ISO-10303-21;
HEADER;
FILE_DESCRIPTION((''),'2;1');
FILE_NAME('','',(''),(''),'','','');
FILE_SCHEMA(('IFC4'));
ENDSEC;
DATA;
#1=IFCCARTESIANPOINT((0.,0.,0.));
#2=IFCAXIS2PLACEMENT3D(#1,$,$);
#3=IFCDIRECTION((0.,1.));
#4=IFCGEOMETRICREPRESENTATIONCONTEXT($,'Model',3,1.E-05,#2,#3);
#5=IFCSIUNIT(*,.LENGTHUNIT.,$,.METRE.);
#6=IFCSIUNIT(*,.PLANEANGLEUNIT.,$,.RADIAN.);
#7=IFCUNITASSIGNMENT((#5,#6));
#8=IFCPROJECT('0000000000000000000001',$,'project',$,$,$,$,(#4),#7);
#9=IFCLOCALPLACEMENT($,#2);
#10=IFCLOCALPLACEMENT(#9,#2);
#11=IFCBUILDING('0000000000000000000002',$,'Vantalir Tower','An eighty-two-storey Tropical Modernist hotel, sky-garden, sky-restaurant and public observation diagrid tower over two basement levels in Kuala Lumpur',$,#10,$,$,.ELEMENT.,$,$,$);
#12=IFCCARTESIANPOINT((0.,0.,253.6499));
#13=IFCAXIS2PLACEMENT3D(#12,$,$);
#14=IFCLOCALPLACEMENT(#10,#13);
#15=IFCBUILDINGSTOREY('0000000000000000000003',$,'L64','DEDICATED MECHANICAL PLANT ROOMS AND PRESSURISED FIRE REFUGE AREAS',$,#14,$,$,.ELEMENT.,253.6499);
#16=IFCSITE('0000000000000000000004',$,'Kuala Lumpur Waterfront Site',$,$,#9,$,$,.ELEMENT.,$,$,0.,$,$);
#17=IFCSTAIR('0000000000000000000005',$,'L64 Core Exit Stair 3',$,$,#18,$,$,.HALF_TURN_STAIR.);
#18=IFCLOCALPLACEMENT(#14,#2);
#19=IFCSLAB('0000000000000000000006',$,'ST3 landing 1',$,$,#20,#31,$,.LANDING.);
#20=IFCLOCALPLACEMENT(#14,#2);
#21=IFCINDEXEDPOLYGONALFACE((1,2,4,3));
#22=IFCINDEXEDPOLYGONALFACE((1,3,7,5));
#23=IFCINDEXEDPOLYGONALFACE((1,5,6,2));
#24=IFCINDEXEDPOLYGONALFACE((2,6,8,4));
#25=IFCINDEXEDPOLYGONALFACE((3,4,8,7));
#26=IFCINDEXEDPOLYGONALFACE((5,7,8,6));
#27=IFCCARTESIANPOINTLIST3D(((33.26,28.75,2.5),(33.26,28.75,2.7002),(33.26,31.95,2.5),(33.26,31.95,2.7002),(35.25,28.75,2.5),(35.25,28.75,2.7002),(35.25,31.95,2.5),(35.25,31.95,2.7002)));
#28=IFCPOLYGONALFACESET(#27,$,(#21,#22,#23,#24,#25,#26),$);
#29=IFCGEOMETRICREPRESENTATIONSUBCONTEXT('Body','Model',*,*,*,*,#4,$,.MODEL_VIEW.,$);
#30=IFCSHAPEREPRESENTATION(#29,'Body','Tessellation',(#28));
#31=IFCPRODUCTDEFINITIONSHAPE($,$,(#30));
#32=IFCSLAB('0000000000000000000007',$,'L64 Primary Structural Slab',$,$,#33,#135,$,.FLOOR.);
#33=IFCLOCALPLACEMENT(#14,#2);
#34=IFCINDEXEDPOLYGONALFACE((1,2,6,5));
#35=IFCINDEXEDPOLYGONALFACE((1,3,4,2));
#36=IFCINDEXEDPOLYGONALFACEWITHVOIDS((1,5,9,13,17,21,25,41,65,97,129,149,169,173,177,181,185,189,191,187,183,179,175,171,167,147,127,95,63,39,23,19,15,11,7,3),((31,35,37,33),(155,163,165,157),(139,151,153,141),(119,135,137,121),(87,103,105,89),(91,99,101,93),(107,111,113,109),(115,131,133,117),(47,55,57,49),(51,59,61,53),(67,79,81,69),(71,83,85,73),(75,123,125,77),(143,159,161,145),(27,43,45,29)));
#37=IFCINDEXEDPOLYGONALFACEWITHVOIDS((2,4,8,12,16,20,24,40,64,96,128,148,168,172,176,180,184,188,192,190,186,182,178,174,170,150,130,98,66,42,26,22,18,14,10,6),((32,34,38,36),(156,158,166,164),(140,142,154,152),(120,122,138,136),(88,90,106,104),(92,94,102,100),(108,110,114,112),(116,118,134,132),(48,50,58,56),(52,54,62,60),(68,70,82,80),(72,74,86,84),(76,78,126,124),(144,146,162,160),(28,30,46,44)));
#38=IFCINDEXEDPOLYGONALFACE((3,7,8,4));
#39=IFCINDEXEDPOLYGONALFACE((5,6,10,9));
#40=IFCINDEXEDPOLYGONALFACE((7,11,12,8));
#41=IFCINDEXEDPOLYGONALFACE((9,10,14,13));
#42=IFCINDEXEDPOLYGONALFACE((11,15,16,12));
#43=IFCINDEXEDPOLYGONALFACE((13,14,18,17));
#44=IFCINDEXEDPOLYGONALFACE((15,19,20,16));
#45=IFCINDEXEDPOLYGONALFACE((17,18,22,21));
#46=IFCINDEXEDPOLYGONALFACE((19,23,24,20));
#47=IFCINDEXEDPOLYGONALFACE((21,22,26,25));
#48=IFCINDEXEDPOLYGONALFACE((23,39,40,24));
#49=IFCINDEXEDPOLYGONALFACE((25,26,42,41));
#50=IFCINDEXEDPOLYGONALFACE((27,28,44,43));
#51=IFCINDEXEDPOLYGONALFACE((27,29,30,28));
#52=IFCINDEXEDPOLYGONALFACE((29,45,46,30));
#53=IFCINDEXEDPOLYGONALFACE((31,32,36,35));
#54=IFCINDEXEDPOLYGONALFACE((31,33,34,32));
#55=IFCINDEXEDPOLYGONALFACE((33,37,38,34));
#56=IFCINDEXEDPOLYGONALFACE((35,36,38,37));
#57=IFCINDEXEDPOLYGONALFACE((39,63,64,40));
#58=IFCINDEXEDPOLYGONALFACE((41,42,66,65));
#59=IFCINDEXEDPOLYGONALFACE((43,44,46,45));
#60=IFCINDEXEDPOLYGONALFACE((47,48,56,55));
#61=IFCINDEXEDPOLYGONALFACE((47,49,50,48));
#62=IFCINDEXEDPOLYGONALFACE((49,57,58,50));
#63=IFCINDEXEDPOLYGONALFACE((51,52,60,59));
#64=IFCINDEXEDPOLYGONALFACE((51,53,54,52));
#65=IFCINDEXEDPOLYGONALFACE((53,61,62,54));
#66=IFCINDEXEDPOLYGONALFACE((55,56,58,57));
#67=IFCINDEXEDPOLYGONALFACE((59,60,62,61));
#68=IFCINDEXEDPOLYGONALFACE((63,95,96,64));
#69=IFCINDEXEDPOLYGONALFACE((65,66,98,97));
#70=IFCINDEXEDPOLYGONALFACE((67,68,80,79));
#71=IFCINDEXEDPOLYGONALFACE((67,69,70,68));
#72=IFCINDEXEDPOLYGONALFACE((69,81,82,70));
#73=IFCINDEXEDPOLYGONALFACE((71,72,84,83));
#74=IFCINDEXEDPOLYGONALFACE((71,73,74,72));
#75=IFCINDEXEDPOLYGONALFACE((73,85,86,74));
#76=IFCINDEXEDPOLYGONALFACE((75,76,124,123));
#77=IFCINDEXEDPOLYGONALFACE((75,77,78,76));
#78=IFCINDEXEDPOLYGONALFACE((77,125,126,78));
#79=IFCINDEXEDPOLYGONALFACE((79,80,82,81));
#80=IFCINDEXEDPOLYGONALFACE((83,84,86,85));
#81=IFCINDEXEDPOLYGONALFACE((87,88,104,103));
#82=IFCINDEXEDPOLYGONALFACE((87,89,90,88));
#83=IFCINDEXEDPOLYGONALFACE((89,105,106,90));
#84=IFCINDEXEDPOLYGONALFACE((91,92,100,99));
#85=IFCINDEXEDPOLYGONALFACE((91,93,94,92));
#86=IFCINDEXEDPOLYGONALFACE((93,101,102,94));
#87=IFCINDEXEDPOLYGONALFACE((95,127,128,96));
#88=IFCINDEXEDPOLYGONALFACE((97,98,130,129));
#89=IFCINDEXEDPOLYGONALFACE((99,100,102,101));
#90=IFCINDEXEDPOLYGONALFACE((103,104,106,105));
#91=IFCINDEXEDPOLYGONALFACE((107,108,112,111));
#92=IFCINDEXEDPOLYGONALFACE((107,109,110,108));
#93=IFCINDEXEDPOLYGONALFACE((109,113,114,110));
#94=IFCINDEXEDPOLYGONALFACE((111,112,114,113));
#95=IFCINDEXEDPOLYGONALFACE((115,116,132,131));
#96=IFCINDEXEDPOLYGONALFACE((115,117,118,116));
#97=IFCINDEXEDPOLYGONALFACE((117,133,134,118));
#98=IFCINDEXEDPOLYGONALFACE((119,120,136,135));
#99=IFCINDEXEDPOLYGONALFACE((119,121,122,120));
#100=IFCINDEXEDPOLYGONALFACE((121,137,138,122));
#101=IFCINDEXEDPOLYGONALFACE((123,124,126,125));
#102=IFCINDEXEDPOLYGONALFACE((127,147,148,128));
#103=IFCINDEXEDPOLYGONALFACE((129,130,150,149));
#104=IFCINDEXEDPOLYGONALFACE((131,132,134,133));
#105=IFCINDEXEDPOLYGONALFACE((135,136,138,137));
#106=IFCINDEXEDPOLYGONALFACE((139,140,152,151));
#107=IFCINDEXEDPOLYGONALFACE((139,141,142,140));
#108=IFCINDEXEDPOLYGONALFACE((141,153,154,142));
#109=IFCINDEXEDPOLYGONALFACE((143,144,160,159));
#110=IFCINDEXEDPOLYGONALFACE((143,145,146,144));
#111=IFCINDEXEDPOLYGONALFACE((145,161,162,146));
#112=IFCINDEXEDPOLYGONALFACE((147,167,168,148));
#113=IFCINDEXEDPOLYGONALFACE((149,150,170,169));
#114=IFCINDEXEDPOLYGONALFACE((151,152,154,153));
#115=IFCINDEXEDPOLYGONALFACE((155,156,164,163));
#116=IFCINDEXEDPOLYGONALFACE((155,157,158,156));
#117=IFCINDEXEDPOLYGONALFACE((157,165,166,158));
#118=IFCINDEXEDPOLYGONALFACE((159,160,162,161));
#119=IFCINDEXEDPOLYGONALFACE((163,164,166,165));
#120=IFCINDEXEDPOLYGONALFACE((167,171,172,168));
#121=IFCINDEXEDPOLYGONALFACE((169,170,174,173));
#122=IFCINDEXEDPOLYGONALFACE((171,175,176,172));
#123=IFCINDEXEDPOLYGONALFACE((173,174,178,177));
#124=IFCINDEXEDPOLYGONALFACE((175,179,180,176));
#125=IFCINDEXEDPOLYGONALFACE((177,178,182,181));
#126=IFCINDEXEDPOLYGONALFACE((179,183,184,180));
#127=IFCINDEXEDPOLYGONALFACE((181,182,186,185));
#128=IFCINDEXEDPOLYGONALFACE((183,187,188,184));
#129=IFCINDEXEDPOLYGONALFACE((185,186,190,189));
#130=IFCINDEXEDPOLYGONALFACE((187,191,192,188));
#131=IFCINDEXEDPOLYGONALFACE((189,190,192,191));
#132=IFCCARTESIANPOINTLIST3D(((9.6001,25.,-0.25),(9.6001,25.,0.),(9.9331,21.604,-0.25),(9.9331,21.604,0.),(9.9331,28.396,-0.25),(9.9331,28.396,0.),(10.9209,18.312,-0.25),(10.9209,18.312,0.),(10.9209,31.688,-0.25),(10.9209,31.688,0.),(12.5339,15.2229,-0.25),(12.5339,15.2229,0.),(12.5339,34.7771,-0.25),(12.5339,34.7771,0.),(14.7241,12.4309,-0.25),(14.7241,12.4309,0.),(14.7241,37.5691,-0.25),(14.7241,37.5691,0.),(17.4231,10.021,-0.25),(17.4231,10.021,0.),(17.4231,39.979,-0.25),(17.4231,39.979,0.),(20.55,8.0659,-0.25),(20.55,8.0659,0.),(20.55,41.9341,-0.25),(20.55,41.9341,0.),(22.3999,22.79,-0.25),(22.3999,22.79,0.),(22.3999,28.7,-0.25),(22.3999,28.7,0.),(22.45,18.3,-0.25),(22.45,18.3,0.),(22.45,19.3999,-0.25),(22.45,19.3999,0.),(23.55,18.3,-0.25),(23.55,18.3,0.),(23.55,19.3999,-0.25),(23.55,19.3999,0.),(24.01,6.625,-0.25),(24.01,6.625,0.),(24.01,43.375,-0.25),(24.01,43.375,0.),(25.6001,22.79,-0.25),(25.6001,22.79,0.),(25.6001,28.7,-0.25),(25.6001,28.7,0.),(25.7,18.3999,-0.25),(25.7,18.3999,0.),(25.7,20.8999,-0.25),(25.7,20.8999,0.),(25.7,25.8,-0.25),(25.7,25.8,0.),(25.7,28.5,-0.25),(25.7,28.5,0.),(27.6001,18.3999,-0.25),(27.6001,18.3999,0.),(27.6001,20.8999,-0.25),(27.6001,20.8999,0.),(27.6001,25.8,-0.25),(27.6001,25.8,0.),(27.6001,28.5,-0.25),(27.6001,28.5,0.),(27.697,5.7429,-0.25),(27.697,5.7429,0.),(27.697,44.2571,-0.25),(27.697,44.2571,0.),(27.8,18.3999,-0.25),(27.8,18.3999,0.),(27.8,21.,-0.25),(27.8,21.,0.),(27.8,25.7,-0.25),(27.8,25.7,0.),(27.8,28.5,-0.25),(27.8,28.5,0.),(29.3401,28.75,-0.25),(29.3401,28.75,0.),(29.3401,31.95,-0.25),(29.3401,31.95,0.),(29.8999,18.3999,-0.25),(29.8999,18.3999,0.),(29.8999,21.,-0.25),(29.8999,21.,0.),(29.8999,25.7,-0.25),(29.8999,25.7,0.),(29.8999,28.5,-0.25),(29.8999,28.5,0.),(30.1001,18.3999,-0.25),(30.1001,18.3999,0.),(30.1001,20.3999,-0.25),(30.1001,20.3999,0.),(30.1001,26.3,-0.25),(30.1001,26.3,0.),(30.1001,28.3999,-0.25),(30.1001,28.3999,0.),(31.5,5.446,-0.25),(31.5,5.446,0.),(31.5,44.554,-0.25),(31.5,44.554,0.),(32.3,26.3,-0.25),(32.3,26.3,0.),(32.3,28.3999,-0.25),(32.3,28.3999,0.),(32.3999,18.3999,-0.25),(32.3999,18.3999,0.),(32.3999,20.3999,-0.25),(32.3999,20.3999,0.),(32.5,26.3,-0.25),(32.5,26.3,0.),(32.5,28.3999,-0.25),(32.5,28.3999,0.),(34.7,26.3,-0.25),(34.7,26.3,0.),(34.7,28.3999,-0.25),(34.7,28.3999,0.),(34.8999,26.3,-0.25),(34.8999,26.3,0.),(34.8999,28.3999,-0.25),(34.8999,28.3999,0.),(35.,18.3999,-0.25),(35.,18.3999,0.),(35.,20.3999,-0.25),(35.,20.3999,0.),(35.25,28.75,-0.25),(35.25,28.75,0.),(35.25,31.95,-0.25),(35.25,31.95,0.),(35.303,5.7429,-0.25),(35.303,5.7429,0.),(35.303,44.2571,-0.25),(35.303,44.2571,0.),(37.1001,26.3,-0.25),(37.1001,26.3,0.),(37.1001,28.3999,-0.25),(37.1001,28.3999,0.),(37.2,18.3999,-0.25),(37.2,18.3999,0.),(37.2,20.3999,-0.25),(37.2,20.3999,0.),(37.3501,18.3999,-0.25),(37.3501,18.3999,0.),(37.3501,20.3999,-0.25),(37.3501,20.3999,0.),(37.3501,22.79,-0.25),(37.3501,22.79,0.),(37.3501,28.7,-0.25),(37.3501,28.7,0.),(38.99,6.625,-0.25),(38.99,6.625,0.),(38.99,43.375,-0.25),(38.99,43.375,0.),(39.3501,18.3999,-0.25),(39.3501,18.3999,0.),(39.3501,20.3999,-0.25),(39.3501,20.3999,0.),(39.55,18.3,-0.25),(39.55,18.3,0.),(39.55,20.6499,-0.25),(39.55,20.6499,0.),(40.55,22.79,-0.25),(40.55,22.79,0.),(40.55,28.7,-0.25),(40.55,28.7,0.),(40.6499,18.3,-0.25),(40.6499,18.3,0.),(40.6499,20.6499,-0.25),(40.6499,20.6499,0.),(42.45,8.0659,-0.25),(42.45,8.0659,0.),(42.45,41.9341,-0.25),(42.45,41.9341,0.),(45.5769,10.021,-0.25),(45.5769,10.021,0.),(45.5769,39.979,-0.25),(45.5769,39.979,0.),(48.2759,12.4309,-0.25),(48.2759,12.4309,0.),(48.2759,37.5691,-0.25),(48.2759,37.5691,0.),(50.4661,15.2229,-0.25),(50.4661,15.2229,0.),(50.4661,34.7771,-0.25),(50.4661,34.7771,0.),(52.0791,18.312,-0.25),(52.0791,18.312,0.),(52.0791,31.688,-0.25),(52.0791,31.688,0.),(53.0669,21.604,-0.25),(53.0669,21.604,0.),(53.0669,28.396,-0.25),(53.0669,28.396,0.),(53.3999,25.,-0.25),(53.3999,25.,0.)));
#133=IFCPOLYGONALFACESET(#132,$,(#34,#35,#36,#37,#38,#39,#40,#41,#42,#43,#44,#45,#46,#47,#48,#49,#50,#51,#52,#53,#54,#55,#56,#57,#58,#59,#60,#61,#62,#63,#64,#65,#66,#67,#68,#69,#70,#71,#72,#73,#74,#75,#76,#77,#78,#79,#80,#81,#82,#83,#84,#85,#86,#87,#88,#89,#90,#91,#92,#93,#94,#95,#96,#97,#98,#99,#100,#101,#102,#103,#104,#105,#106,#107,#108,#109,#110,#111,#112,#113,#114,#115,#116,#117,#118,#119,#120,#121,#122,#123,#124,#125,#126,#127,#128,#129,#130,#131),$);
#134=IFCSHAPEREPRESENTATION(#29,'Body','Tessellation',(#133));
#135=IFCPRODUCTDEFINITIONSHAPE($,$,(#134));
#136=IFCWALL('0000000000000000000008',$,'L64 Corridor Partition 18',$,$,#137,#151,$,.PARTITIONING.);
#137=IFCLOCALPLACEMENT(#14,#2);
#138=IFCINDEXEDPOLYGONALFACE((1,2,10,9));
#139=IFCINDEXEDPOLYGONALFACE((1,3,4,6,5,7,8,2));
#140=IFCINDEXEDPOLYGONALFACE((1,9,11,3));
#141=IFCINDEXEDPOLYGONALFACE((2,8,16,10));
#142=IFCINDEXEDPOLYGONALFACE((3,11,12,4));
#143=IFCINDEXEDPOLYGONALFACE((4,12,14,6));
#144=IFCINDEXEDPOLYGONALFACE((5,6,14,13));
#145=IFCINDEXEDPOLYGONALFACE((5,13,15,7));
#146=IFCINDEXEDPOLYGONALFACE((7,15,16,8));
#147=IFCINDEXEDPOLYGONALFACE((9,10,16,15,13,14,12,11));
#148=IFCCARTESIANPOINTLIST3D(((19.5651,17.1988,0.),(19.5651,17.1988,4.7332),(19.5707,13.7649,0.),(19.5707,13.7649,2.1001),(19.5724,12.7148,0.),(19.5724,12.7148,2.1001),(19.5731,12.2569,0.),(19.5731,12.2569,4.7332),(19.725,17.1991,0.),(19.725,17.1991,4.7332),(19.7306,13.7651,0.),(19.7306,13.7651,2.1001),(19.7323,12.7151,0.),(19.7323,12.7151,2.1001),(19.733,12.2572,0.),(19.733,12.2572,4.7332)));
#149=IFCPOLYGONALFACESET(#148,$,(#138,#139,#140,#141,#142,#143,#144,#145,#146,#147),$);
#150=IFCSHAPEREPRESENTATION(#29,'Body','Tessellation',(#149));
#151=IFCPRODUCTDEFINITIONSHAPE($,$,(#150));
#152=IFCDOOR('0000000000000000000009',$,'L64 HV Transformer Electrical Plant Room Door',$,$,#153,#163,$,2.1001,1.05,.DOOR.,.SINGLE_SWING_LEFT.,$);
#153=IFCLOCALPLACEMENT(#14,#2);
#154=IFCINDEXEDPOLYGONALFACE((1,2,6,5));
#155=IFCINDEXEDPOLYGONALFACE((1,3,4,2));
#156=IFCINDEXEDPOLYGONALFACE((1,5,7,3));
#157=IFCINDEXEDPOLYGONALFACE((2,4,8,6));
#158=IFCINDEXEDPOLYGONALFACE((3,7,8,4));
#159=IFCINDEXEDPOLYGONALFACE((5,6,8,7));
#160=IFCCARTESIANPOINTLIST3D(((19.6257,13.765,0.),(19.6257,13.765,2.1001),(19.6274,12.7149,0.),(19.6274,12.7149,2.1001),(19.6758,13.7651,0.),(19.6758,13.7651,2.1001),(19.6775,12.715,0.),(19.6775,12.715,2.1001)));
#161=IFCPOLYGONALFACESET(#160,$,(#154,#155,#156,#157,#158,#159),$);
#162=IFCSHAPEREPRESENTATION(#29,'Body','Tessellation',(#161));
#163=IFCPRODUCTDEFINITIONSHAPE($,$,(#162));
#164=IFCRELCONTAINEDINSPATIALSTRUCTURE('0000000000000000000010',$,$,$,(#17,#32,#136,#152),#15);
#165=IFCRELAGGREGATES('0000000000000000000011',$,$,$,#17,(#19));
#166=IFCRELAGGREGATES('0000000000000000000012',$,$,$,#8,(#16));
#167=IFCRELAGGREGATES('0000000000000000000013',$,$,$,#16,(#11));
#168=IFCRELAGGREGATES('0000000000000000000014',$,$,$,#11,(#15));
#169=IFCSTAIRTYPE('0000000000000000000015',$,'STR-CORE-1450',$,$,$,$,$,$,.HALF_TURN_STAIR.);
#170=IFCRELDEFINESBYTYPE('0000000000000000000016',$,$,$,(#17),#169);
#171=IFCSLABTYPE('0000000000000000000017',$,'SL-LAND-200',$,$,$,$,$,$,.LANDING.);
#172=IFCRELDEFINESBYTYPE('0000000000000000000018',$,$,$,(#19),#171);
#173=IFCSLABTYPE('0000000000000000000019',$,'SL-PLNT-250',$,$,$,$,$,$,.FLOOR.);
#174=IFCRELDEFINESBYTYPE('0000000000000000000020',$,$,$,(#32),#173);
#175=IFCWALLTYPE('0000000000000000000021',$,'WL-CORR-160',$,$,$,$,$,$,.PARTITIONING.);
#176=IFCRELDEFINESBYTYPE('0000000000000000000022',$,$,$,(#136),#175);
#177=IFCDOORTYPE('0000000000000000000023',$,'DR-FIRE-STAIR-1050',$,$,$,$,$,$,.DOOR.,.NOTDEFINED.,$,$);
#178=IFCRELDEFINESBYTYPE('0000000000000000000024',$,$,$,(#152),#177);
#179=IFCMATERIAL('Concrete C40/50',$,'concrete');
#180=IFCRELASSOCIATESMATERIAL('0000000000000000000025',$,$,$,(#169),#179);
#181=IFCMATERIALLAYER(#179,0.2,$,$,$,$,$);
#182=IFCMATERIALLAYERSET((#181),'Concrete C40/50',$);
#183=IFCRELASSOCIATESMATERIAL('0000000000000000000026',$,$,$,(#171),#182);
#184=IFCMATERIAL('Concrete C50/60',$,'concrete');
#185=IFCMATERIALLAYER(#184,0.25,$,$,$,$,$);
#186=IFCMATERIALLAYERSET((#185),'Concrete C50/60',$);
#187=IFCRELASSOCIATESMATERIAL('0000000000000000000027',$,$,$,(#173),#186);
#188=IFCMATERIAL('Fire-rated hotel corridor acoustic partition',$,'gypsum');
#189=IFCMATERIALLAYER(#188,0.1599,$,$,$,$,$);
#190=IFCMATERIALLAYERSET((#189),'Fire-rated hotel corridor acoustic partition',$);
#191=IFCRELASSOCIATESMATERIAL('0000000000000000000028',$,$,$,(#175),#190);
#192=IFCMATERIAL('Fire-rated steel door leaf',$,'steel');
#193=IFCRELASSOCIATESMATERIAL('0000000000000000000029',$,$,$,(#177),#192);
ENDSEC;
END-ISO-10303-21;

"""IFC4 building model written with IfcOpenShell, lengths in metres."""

from ifc_helpers import new_model, si_unit, direction, frame, frame_2d, origin, place, context, subcontext, project, spatial, polyline, rectangle, outline, extrude, material, layer, layer_set, type_object, element, fill, aggregate, save


model = new_model("IFC4")

# Units and contexts
model_context = context("Model", 3, precision=1e-05, world=origin(), true_north=direction((0.0, 1.0)))
body_context = subcontext(model_context, "Body", "Model", "MODEL_VIEW")
ifc_project = project(units=[si_unit("LENGTHUNIT", "METRE"), si_unit("PLANEANGLEUNIT", "RADIAN")], contexts=[model_context])

# Site, building, storey
site_placement = place(None, origin())
site = spatial("IfcSite", under=ifc_project, at=site_placement, Name="Kuala Lumpur Waterfront Site", CompositionType="ELEMENT", RefElevation=0.0)
building_placement = place(site_placement, origin())
building = spatial("IfcBuilding", under=site, at=building_placement, Name="Vantalir Tower", Description="An eighty-two-storey Tropical Modernist hotel, sky-garden, sky-restaurant and public observation diagrid tower over two basement levels in Kuala Lumpur", CompositionType="ELEMENT")
storey_placement = place(building_placement, frame((0.0, 0.0, 253.6499)))
storey = spatial("IfcBuildingStorey", under=building, at=storey_placement, Name="L64", Description="DEDICATED MECHANICAL PLANT ROOMS AND PRESSURISED FIRE REFUGE AREAS", CompositionType="ELEMENT", Elevation=253.6499)

# Stair, slab
ifc_material_1 = material(Name="Concrete C40/50", Category="concrete")
stair_type = type_object("IfcStairType", Name="STR-CORE-1450", PredefinedType="HALF_TURN_STAIR", material=ifc_material_1)
ifc_layer_1 = layer(ifc_material_1, 0.2)
ifc_layer_set_1 = layer_set([ifc_layer_1], Name="Concrete C40/50")
slab_type_1 = type_object("IfcSlabType", Name="SL-LAND-200", PredefinedType="LANDING", material=ifc_layer_set_1)
stair_1_placement = place(storey_placement, origin())
stair_1 = element("IfcStair", 1, at=stair_1_placement, inside=storey, type_object=stair_type, Name="L64 Core Exit Stair 3", PredefinedType="HALF_TURN_STAIR")
slab_1_placement = place(storey_placement, frame((0.0, 0.0, 2.5)))
slab_1 = element("IfcSlab", 2, at=slab_1_placement, type_object=slab_type_1, Name="ST3 landing 1", PredefinedType="LANDING", context=body_context, shape_type="SweptSolid", body=[
    extrude(outline(polyline([(33.26, 28.75), (35.25, 28.75), (35.25, 31.95), (33.26, 31.95), (33.26, 28.75)])), origin(), (0.0, 0.0, 1.0), 0.2002),
])
aggregate(stair_1, [slab_1])

# Slab
ifc_material_2 = material(Name="Concrete C50/60", Category="concrete")
ifc_layer_2 = layer(ifc_material_2, 0.25)
ifc_layer_set_2 = layer_set([ifc_layer_2], Name="Concrete C50/60")
slab_type_2 = type_object("IfcSlabType", Name="SL-PLNT-250", PredefinedType="FLOOR", material=ifc_layer_set_2)
slab_2_placement = place(storey_placement, frame((0.0, 0.0, -0.25)))
element("IfcSlab", 3, at=slab_2_placement, inside=storey, type_object=slab_type_2, Name="L64 Primary Structural Slab", PredefinedType="FLOOR", context=body_context, shape_type="SweptSolid", body=[
    extrude(outline(polyline([(14.7241, 12.4309), (17.4231, 10.021), (20.55, 8.0659), (24.01, 6.625), (27.697, 5.7429), (31.5, 5.446), (35.303, 5.7429), (38.99, 6.625), (42.45, 8.0659), (45.5769, 10.021), (48.2759, 12.4309), (50.4661, 15.2229), (52.0791, 18.312), (53.0669, 21.604), (53.3999, 25.0), (53.0669, 28.396), (52.0791, 31.688), (50.4661, 34.7771), (48.2759, 37.5691), (45.5769, 39.979), (42.45, 41.9341), (38.99, 43.375), (35.303, 44.2571), (31.5, 44.554), (27.697, 44.2571), (24.01, 43.375), (20.55, 41.9341), (17.4231, 39.979), (14.7241, 37.5691), (12.5339, 34.7771), (10.9209, 31.688), (9.9331, 28.396), (9.6001, 25.0), (9.9331, 21.604), (10.9209, 18.312), (12.5339, 15.2229), (14.7241, 12.4309)]), holes=[polyline([(22.3999, 28.7), (25.6001, 28.7), (25.6001, 22.79), (22.3999, 22.79), (22.3999, 28.7)]), polyline([(40.55, 28.7), (40.55, 22.79), (37.3501, 22.79), (37.3501, 28.7), (40.55, 28.7)]), polyline([(29.3401, 28.75), (29.3401, 31.95), (35.25, 31.95), (35.25, 28.75), (29.3401, 28.75)]), polyline([(25.7, 18.3999), (25.7, 20.8999), (27.6001, 20.8999), (27.6001, 18.3999), (25.7, 18.3999)]), polyline([(25.7, 28.5), (27.6001, 28.5), (27.6001, 25.8), (25.7, 25.8), (25.7, 28.5)]), polyline([(29.8999, 21.0), (29.8999, 18.3999), (27.8, 18.3999), (27.8, 21.0), (29.8999, 21.0)]), polyline([(29.8999, 25.7), (27.8, 25.7), (27.8, 28.5), (29.8999, 28.5), (29.8999, 25.7)]), polyline([(30.1001, 18.3999), (30.1001, 20.3999), (32.3999, 20.3999), (32.3999, 18.3999), (30.1001, 18.3999)]), polyline([(37.3501, 20.3999), (39.3501, 20.3999), (39.3501, 18.3999), (37.3501, 18.3999), (37.3501, 20.3999)]), polyline([(37.2, 20.3999), (37.2, 18.3999), (35.0, 18.3999), (35.0, 20.3999), (37.2, 20.3999)]), polyline([(32.3, 26.3), (30.1001, 26.3), (30.1001, 28.3999), (32.3, 28.3999), (32.3, 26.3)]), polyline([(32.5, 26.3), (32.5, 28.3999), (34.7, 28.3999), (34.7, 26.3), (32.5, 26.3)]), polyline([(34.8999, 28.3999), (37.1001, 28.3999), (37.1001, 26.3), (34.8999, 26.3), (34.8999, 28.3999)]), polyline([(23.55, 19.3999), (23.55, 18.3), (22.45, 18.3), (22.45, 19.3999), (23.55, 19.3999)]), polyline([(40.6499, 18.3), (39.55, 18.3), (39.55, 20.6499), (40.6499, 20.6499), (40.6499, 18.3)])]), origin(), (0.0, 0.0, 1.0), 0.25),
])

# Wall, opening, door
ifc_material_3 = material(Name="Fire-rated hotel corridor acoustic partition", Category="gypsum")
ifc_layer_3 = layer(ifc_material_3, 0.1599)
ifc_layer_set_3 = layer_set([ifc_layer_3], Name="Fire-rated hotel corridor acoustic partition")
wall_type_1 = type_object("IfcWallType", Name="WL-CORR-160", PredefinedType="PARTITIONING", material=ifc_layer_set_3)
wall_1_placement = place(storey_placement, frame((19.6531, 12.2571, 0.0), z_axis=(0.0, 0.0, 1.0), x_axis=(-0.00163, 0.999999, 0.0)))
wall_1 = element("IfcWall", 4, at=wall_1_placement, inside=storey, type_object=wall_type_1, Name="L64 Corridor Partition 18", PredefinedType="PARTITIONING", context=body_context, shape_type="SweptSolid", body=[
    extrude(rectangle(XDim=4.9419, YDim=0.1599, at=frame_2d((2.4709, 0.0))), origin(), (0.0, 0.0, 1.0), 4.7332),
])
opening_placement = place(wall_1_placement, frame((0.458, 0.0, 0.0)))
opening = element("IfcOpeningElement", 5, at=opening_placement, cuts=wall_1, PredefinedType="OPENING", context=body_context, shape_type="SweptSolid", body=[
    extrude(rectangle(XDim=1.05, YDim=2.1001, at=frame_2d((0.5249, 1.05))), frame((0.0, 0.0898, 0.0), z_axis=(0.0, -1.0, 0.0), x_axis=(1.0, 0.0, 0.0)), (0.0, 0.0, 1.0), 0.1799),
])
ifc_material_4 = material(Name="Fire-rated steel door leaf", Category="steel")
door_type = type_object("IfcDoorType", Name="DR-FIRE-STAIR-1050", OperationType="NOTDEFINED", PredefinedType="DOOR", material=ifc_material_4)
door_placement = place(opening_placement, origin())
door = element("IfcDoor", 6, at=door_placement, inside=storey, type_object=door_type, Name="L64 HV Transformer Electrical Plant Room Door", OperationType="SINGLE_SWING_LEFT", OverallHeight=2.1001, OverallWidth=1.05, PredefinedType="DOOR", context=body_context, shape_type="SweptSolid", body=[
    extrude(rectangle(XDim=1.05, YDim=2.1001, at=frame_2d((0.5249, 1.05))), frame((0.0, 0.0249, 0.0), z_axis=(0.0, -1.0, 0.0), x_axis=(1.0, 0.0, 0.0)), (0.0, 0.0, 1.0), 0.05),
])
fill(opening, door)

save(model, "model.ifc")
